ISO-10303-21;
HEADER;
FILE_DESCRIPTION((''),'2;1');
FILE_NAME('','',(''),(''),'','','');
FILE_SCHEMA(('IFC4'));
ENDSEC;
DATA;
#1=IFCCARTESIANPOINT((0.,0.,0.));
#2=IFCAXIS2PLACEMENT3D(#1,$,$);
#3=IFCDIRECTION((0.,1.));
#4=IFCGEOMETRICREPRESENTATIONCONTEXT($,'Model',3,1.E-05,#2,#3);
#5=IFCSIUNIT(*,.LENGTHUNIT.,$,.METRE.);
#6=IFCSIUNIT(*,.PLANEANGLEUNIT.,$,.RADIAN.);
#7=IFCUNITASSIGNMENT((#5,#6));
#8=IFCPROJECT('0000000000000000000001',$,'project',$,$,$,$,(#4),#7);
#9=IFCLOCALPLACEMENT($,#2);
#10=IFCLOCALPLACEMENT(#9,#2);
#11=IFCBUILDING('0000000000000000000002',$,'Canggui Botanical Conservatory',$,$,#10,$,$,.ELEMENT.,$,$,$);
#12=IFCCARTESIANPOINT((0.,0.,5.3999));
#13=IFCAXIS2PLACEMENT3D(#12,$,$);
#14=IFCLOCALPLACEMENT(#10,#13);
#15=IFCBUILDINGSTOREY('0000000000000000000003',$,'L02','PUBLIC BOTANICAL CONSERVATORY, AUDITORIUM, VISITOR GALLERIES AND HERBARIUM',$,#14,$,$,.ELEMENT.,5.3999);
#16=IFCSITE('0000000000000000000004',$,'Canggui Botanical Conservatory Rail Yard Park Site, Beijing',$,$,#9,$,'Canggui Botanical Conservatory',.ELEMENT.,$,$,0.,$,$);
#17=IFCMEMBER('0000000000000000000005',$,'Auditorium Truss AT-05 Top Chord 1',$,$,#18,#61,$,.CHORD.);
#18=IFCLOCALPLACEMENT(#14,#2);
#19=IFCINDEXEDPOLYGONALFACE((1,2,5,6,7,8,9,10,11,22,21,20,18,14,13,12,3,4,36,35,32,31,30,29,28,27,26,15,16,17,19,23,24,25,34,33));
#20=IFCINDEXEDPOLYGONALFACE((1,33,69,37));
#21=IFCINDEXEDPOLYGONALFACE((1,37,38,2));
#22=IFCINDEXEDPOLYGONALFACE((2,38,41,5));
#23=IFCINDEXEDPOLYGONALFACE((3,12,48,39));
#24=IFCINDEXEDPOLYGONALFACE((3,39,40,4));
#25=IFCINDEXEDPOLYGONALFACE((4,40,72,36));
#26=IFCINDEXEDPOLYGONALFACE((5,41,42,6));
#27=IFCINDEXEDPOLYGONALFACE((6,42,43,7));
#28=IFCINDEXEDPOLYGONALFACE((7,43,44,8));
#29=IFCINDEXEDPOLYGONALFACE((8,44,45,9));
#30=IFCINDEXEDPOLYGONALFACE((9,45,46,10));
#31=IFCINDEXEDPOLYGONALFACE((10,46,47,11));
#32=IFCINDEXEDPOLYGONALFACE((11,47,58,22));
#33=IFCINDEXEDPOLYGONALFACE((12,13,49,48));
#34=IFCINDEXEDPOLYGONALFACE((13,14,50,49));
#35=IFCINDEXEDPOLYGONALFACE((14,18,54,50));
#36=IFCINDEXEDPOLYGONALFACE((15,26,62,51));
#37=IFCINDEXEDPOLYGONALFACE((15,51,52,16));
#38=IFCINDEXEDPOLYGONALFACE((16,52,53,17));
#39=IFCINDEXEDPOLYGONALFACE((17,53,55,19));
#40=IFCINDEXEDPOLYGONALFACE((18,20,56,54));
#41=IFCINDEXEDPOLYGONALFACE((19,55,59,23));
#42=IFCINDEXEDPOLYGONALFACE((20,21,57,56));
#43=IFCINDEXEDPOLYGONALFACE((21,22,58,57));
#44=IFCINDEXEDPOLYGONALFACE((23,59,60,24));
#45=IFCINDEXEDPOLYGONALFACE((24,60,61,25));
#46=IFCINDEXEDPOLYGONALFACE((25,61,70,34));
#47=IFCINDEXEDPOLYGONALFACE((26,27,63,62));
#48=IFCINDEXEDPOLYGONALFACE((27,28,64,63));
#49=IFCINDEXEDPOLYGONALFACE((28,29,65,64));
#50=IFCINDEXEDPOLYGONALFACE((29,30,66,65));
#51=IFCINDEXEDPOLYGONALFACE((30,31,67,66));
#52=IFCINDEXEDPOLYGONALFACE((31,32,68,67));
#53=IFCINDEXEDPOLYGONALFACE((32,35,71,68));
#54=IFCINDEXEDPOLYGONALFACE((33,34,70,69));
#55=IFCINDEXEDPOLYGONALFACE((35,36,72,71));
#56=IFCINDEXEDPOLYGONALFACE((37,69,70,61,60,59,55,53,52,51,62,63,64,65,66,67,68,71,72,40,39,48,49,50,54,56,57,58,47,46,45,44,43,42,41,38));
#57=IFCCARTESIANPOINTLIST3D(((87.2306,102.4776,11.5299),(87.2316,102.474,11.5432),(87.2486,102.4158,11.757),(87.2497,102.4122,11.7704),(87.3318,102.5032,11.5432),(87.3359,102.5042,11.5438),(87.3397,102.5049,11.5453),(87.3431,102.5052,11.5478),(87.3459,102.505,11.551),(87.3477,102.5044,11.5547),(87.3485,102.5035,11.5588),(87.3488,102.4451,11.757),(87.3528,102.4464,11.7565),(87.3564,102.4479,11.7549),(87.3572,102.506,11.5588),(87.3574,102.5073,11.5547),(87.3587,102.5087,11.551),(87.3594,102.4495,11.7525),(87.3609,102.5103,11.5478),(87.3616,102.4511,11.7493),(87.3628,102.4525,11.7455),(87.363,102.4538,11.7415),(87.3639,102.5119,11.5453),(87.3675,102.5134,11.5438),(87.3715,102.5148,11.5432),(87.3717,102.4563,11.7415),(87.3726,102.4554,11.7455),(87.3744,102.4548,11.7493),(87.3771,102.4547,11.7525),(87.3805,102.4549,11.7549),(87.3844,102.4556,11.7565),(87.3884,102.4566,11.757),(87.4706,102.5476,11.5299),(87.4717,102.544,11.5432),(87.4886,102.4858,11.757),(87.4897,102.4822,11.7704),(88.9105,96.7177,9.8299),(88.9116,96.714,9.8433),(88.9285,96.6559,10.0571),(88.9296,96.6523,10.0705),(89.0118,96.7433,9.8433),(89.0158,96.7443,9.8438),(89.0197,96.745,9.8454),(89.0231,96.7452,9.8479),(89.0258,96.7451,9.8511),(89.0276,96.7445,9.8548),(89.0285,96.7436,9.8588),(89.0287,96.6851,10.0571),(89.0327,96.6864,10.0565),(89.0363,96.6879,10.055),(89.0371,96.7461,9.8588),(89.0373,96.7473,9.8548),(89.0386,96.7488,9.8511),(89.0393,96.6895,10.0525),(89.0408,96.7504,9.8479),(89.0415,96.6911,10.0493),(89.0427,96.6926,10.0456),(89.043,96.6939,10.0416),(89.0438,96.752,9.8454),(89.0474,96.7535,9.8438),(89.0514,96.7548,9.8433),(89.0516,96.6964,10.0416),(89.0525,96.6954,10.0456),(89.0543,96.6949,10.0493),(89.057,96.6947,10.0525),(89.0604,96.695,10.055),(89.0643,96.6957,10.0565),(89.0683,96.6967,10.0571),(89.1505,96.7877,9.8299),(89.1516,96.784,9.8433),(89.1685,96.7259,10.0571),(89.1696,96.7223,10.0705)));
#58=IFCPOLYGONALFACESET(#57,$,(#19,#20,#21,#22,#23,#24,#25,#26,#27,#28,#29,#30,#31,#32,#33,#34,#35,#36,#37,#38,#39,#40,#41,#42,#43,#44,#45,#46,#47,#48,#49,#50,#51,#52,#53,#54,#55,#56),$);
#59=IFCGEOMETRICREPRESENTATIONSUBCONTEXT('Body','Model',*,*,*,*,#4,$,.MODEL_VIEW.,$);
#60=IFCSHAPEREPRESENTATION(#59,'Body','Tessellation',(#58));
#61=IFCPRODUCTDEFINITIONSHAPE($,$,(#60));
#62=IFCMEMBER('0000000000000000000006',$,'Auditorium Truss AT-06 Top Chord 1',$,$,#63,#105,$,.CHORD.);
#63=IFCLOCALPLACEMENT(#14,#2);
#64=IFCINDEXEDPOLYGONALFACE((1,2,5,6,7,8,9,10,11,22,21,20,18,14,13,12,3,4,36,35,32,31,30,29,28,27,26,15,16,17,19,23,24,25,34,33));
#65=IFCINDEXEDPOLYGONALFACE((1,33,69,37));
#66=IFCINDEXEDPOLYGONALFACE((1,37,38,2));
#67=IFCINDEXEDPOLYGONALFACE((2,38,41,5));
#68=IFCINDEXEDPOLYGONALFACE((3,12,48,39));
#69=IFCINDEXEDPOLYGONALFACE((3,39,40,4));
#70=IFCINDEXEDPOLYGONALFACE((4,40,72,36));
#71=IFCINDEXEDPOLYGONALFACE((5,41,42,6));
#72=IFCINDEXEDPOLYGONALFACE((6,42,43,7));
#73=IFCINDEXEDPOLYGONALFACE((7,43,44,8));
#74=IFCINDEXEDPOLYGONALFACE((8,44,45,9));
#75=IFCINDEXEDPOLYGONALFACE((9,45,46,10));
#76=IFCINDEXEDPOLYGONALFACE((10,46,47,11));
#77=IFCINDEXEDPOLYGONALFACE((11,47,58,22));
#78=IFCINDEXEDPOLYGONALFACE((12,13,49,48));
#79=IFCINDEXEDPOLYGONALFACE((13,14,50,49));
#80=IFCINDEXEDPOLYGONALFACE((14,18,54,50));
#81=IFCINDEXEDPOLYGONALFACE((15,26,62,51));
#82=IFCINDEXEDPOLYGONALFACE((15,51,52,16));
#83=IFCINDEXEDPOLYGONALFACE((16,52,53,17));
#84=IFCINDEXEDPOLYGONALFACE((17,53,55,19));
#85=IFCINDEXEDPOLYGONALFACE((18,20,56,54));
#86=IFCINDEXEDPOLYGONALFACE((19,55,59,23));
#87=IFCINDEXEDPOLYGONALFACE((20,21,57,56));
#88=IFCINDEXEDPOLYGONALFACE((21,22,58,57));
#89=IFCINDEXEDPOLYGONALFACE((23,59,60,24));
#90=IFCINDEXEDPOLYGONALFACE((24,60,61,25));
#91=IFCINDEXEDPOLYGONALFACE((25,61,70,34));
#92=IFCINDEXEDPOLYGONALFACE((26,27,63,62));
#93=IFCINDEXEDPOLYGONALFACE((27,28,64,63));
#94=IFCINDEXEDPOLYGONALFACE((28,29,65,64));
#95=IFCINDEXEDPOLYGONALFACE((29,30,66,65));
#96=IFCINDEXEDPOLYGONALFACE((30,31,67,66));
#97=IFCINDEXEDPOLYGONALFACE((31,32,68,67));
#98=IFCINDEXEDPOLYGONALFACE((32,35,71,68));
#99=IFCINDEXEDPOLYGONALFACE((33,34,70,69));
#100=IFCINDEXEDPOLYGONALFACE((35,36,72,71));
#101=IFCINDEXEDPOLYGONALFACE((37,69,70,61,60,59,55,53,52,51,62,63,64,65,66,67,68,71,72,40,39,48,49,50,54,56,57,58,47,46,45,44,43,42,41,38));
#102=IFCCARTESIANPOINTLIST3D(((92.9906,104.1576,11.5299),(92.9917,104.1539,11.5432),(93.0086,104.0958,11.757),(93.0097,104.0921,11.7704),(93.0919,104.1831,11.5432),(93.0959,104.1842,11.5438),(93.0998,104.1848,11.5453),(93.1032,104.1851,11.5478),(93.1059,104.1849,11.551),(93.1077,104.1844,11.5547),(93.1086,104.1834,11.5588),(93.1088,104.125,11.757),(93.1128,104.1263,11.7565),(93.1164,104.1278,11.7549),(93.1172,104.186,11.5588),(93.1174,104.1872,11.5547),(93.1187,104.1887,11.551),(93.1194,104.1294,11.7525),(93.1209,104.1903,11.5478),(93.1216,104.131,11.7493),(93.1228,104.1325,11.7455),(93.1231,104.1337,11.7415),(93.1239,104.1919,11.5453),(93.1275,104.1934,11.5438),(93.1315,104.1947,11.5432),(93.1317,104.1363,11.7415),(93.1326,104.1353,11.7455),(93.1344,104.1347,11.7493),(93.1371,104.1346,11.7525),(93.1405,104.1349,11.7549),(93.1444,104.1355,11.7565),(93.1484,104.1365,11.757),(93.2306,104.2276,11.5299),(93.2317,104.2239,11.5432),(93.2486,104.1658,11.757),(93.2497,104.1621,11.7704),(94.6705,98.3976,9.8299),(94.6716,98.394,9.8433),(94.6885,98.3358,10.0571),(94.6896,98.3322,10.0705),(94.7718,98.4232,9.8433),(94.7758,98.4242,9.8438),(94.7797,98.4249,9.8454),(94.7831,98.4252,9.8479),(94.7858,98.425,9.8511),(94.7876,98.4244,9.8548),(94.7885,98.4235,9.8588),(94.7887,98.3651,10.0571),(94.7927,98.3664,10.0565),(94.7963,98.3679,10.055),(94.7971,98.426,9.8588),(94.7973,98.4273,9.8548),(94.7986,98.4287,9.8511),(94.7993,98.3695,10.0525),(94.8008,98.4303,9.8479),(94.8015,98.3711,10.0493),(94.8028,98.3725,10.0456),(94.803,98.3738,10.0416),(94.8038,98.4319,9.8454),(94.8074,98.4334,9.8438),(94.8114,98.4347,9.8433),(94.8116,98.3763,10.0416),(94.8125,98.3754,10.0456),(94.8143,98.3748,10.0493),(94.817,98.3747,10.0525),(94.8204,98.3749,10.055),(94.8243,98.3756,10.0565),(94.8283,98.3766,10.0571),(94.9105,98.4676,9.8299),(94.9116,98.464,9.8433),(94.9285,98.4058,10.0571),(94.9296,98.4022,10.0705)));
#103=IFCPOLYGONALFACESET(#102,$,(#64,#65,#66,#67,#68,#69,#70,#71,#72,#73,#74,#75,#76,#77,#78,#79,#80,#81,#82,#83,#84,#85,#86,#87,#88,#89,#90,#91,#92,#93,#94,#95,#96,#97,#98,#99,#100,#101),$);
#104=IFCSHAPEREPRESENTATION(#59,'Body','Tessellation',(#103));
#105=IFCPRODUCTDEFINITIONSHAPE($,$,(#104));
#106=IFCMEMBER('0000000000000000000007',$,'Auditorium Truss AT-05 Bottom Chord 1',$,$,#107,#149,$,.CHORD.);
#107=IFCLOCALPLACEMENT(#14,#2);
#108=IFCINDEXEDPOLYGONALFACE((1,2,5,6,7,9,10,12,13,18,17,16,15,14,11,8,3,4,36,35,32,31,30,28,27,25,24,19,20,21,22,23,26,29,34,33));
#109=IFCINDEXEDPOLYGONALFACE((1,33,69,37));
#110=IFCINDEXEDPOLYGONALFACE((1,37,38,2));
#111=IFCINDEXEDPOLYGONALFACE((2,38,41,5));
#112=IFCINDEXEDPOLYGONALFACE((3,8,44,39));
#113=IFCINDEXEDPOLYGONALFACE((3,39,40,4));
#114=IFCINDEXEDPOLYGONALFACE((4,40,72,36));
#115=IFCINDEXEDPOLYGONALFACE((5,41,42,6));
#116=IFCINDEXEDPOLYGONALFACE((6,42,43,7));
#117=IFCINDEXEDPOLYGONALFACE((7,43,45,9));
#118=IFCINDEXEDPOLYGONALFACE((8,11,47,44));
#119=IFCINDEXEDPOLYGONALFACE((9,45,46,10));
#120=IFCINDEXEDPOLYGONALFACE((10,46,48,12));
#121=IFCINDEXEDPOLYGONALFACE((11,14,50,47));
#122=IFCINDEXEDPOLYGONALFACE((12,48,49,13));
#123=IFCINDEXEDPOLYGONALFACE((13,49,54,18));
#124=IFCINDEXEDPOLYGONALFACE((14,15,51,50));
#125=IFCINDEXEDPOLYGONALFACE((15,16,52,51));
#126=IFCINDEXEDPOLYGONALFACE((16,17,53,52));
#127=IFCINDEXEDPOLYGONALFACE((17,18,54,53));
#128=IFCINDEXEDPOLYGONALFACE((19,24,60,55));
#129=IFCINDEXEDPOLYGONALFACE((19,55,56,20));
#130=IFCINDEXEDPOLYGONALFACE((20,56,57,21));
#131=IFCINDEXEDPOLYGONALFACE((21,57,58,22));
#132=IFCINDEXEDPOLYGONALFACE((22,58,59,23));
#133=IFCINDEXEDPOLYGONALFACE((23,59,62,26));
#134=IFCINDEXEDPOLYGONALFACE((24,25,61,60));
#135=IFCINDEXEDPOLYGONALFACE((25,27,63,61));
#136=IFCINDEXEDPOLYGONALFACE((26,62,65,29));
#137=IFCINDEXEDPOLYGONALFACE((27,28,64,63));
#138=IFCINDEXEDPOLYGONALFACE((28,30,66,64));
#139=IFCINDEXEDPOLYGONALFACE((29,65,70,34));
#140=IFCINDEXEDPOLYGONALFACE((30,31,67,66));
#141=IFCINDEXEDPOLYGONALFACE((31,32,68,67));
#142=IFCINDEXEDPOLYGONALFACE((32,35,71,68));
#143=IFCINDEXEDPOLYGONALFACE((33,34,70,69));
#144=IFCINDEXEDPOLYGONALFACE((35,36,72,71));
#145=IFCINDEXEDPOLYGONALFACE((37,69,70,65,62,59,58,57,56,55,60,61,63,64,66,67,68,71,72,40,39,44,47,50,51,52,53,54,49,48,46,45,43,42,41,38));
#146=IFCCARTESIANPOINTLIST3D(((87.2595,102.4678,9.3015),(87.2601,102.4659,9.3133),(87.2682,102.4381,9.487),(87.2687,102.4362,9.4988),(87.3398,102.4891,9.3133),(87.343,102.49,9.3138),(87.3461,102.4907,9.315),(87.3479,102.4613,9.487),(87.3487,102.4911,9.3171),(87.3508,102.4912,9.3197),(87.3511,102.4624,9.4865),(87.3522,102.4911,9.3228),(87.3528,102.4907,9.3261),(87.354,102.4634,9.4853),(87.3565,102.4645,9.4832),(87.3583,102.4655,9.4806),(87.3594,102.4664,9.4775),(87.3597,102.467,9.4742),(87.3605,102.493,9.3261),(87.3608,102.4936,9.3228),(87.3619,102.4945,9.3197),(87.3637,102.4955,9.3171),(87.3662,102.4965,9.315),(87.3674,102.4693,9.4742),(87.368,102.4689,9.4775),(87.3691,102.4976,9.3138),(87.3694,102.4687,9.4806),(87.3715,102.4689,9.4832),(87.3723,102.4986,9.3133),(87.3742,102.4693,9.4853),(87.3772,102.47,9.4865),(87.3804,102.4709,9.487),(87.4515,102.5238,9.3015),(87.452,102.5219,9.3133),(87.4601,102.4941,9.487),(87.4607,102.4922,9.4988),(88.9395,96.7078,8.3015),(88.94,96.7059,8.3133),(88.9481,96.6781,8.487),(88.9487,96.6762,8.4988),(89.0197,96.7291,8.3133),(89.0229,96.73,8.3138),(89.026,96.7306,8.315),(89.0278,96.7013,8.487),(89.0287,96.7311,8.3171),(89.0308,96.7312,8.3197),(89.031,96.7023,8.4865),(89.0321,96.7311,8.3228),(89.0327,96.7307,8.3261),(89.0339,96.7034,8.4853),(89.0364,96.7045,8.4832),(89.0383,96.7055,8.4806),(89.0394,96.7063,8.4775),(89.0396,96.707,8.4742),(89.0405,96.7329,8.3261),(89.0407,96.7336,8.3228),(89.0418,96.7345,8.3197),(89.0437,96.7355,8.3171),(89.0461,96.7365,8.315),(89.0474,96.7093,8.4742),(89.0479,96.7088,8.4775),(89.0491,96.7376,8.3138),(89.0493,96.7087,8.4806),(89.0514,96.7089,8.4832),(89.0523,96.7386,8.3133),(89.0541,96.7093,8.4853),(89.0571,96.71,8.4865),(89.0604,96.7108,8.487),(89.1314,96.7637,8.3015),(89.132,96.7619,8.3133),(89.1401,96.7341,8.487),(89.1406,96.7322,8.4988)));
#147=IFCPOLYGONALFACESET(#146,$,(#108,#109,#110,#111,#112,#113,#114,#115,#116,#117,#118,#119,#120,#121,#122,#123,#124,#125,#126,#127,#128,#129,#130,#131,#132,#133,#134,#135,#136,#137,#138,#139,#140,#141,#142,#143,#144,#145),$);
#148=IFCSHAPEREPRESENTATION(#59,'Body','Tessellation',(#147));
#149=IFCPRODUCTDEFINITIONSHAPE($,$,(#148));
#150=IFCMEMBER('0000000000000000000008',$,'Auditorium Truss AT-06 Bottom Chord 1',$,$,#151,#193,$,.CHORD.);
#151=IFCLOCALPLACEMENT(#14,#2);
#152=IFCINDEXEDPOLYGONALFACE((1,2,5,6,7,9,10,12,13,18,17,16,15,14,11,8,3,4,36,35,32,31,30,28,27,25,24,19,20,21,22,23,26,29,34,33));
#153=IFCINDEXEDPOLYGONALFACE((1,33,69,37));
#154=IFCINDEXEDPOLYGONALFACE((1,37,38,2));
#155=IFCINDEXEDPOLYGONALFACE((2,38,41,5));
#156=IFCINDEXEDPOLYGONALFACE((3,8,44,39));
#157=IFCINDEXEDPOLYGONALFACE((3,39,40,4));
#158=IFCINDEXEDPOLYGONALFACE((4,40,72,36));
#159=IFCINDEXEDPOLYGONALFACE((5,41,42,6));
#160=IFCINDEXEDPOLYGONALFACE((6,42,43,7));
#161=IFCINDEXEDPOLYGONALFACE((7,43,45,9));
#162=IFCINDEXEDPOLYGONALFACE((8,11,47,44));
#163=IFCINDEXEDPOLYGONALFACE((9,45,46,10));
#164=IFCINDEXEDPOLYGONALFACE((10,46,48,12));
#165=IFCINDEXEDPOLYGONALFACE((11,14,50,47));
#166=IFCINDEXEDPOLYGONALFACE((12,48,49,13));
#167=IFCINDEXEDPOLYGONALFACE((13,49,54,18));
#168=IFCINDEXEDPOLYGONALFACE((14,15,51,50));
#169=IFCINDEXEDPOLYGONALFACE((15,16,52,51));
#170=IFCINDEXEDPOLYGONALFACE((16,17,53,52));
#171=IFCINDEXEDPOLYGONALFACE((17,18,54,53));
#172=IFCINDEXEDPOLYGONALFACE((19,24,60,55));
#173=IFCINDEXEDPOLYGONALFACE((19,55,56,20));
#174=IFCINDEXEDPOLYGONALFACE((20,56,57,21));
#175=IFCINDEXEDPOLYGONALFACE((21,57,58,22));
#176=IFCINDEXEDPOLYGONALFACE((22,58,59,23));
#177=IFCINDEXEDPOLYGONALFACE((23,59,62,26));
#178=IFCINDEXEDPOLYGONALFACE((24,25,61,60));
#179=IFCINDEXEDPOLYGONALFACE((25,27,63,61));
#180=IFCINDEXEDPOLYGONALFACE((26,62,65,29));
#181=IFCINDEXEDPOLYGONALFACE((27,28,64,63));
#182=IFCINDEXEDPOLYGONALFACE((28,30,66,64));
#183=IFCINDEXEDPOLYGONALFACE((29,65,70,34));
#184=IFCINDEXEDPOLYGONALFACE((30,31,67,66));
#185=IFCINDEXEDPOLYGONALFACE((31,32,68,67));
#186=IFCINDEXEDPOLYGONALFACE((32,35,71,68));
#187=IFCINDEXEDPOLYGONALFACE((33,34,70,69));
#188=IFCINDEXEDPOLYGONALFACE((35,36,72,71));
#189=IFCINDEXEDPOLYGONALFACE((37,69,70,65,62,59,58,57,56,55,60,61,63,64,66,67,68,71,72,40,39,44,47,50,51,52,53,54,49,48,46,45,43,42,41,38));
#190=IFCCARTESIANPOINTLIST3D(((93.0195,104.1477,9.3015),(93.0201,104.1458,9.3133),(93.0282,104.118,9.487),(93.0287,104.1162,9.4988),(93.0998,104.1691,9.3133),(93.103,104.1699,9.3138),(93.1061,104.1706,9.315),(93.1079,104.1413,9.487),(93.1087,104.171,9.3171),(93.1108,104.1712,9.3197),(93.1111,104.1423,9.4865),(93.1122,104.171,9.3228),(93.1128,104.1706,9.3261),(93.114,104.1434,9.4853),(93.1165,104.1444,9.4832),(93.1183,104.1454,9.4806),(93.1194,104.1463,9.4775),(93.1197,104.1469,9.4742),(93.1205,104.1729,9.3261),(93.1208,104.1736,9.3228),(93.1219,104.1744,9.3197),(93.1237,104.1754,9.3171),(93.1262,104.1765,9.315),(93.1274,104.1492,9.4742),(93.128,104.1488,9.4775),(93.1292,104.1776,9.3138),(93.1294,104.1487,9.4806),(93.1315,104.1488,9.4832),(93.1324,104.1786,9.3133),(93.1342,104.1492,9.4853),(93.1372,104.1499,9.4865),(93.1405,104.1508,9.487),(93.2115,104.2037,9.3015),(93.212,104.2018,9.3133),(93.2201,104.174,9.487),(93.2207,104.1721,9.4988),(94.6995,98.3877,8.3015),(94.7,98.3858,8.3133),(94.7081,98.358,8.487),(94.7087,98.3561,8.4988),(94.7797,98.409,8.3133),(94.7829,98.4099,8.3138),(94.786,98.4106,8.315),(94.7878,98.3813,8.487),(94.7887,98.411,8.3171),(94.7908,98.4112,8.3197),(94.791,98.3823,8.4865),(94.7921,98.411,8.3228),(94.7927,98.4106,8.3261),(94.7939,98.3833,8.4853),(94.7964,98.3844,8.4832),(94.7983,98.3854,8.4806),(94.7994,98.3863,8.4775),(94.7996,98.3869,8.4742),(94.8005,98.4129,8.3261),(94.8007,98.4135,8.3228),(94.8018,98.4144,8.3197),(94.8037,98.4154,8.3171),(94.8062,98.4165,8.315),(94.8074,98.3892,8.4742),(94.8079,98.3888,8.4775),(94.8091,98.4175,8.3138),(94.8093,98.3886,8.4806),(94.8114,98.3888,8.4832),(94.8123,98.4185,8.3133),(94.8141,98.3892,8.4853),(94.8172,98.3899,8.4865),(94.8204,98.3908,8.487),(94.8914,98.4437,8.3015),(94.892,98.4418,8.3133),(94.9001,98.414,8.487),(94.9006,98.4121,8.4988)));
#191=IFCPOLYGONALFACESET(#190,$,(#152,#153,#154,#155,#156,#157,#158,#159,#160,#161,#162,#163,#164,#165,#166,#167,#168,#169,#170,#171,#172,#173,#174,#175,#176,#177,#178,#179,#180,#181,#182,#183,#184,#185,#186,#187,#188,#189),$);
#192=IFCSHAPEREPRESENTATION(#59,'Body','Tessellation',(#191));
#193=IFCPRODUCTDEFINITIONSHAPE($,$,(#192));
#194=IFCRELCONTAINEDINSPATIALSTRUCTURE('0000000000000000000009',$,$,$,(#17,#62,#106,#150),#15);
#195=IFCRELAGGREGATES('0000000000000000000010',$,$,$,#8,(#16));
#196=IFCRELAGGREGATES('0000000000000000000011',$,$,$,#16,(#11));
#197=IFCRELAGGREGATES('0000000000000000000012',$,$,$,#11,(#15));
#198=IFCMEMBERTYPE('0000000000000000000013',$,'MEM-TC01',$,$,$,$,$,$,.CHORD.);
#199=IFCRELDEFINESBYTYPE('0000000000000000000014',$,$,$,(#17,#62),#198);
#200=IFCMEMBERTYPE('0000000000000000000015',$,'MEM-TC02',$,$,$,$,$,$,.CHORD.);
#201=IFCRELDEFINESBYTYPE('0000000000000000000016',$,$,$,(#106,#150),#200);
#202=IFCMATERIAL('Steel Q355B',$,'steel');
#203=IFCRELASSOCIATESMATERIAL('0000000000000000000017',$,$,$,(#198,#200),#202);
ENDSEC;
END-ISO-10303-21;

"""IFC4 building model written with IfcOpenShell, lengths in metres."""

from ifc_helpers import new_model, si_unit, direction, frame, origin, origin_2d, place, context, subcontext, project, spatial, i_section, extrude, material, material_profile, profile_set, type_object, element, save


model = new_model("IFC4")

# Units and contexts
model_context = context("Model", 3, precision=1e-05, world=origin(), true_north=direction((0.0, 1.0)))
body_context = subcontext(model_context, "Body", "Model", "MODEL_VIEW")
ifc_project = project(units=[si_unit("LENGTHUNIT", "METRE"), si_unit("PLANEANGLEUNIT", "RADIAN")], contexts=[model_context])

# Site, building, storey
site_placement = place(None, origin())
site = spatial("IfcSite", under=ifc_project, at=site_placement, Name="Canggui Botanical Conservatory Rail Yard Park Site, Beijing", LongName="Canggui Botanical Conservatory", CompositionType="ELEMENT", RefElevation=0.0)
building_placement = place(site_placement, origin())
building = spatial("IfcBuilding", under=site, at=building_placement, Name="Canggui Botanical Conservatory", CompositionType="ELEMENT")
storey_placement = place(building_placement, frame((0.0, 0.0, 5.3999)))
storey = spatial("IfcBuildingStorey", under=building, at=storey_placement, Name="L02", Description="PUBLIC BOTANICAL CONSERVATORY, AUDITORIUM, VISITOR GALLERIES AND HERBARIUM", CompositionType="ELEMENT", Elevation=5.3999)

# Shared definitions
ifc_material_1 = material(Name="Steel Q355B", Category="steel")

# Members
ifc_material_profile_1 = material_profile(ifc_material_1, i_section(OverallWidth=0.25, OverallDepth=0.25, WebThickness=0.009, FlangeThickness=0.0139, FilletRadius=0.0161, at=origin_2d()), Name="HW 250x250x9x14")
ifc_profile_set_1 = profile_set([ifc_material_profile_1], Name="Steel Q355B")
member_type_1 = type_object("IfcMemberType", Name="MEM-TC01", PredefinedType="CHORD", material=ifc_profile_set_1)
for number, where, z_axis, x_axis, name in (
    (1, (89.04, 96.72, 9.9502), (-0.269386, 0.923647, 0.272596), (-0.960003, -0.279989, 0.0), "Auditorium Truss AT-05 Top Chord 1"),
    (2, (94.8, 98.3999, 9.9502), (-0.269386, 0.923647, 0.272596), (-0.960003, -0.279989, 0.0), "Auditorium Truss AT-06 Top Chord 1"),
):
    element("IfcMember", number, at=place(storey_placement, frame(where, z_axis=z_axis, x_axis=x_axis)), inside=storey, type_object=member_type_1, Name=name, PredefinedType="CHORD", context=body_context, shape_type="SweptSolid", body=[
        extrude(i_section(OverallWidth=0.25, OverallDepth=0.25, WebThickness=0.009, FlangeThickness=0.0139, FilletRadius=0.0161, at=origin_2d()), origin(), (0.0, 0.0, 1.0), 6.2361),
    ])
ifc_material_profile_2 = material_profile(ifc_material_1, i_section(OverallWidth=0.2, OverallDepth=0.2, WebThickness=0.0081, FlangeThickness=0.012, FilletRadius=0.0129, at=origin_2d()), Name="HW 200x200x8x12")
ifc_profile_set_2 = profile_set([ifc_material_profile_2], Name="Steel Q355B")
member_type_2 = type_object("IfcMemberType", Name="MEM-TC02", PredefinedType="CHORD", material=ifc_profile_set_2)
for number, where, z_axis, x_axis, name in (
    (3, (89.04, 96.72, 8.4001), (-0.276179, 0.946941, 0.164399), (-0.960003, -0.279989, 0.0), "Auditorium Truss AT-05 Bottom Chord 1"),
    (4, (94.8, 98.3999, 8.4001), (-0.276179, 0.946941, 0.164399), (-0.960003, -0.279989, 0.0), "Auditorium Truss AT-06 Bottom Chord 1"),
):
    element("IfcMember", number, at=place(storey_placement, frame(where, z_axis=z_axis, x_axis=x_axis)), inside=storey, type_object=member_type_2, Name=name, PredefinedType="CHORD", context=body_context, shape_type="SweptSolid", body=[
        extrude(i_section(OverallWidth=0.2, OverallDepth=0.2, WebThickness=0.0081, FlangeThickness=0.012, FilletRadius=0.0129, at=origin_2d()), origin(), (0.0, 0.0, 1.0), 6.0828),
    ])

save(model, "model.ifc")
